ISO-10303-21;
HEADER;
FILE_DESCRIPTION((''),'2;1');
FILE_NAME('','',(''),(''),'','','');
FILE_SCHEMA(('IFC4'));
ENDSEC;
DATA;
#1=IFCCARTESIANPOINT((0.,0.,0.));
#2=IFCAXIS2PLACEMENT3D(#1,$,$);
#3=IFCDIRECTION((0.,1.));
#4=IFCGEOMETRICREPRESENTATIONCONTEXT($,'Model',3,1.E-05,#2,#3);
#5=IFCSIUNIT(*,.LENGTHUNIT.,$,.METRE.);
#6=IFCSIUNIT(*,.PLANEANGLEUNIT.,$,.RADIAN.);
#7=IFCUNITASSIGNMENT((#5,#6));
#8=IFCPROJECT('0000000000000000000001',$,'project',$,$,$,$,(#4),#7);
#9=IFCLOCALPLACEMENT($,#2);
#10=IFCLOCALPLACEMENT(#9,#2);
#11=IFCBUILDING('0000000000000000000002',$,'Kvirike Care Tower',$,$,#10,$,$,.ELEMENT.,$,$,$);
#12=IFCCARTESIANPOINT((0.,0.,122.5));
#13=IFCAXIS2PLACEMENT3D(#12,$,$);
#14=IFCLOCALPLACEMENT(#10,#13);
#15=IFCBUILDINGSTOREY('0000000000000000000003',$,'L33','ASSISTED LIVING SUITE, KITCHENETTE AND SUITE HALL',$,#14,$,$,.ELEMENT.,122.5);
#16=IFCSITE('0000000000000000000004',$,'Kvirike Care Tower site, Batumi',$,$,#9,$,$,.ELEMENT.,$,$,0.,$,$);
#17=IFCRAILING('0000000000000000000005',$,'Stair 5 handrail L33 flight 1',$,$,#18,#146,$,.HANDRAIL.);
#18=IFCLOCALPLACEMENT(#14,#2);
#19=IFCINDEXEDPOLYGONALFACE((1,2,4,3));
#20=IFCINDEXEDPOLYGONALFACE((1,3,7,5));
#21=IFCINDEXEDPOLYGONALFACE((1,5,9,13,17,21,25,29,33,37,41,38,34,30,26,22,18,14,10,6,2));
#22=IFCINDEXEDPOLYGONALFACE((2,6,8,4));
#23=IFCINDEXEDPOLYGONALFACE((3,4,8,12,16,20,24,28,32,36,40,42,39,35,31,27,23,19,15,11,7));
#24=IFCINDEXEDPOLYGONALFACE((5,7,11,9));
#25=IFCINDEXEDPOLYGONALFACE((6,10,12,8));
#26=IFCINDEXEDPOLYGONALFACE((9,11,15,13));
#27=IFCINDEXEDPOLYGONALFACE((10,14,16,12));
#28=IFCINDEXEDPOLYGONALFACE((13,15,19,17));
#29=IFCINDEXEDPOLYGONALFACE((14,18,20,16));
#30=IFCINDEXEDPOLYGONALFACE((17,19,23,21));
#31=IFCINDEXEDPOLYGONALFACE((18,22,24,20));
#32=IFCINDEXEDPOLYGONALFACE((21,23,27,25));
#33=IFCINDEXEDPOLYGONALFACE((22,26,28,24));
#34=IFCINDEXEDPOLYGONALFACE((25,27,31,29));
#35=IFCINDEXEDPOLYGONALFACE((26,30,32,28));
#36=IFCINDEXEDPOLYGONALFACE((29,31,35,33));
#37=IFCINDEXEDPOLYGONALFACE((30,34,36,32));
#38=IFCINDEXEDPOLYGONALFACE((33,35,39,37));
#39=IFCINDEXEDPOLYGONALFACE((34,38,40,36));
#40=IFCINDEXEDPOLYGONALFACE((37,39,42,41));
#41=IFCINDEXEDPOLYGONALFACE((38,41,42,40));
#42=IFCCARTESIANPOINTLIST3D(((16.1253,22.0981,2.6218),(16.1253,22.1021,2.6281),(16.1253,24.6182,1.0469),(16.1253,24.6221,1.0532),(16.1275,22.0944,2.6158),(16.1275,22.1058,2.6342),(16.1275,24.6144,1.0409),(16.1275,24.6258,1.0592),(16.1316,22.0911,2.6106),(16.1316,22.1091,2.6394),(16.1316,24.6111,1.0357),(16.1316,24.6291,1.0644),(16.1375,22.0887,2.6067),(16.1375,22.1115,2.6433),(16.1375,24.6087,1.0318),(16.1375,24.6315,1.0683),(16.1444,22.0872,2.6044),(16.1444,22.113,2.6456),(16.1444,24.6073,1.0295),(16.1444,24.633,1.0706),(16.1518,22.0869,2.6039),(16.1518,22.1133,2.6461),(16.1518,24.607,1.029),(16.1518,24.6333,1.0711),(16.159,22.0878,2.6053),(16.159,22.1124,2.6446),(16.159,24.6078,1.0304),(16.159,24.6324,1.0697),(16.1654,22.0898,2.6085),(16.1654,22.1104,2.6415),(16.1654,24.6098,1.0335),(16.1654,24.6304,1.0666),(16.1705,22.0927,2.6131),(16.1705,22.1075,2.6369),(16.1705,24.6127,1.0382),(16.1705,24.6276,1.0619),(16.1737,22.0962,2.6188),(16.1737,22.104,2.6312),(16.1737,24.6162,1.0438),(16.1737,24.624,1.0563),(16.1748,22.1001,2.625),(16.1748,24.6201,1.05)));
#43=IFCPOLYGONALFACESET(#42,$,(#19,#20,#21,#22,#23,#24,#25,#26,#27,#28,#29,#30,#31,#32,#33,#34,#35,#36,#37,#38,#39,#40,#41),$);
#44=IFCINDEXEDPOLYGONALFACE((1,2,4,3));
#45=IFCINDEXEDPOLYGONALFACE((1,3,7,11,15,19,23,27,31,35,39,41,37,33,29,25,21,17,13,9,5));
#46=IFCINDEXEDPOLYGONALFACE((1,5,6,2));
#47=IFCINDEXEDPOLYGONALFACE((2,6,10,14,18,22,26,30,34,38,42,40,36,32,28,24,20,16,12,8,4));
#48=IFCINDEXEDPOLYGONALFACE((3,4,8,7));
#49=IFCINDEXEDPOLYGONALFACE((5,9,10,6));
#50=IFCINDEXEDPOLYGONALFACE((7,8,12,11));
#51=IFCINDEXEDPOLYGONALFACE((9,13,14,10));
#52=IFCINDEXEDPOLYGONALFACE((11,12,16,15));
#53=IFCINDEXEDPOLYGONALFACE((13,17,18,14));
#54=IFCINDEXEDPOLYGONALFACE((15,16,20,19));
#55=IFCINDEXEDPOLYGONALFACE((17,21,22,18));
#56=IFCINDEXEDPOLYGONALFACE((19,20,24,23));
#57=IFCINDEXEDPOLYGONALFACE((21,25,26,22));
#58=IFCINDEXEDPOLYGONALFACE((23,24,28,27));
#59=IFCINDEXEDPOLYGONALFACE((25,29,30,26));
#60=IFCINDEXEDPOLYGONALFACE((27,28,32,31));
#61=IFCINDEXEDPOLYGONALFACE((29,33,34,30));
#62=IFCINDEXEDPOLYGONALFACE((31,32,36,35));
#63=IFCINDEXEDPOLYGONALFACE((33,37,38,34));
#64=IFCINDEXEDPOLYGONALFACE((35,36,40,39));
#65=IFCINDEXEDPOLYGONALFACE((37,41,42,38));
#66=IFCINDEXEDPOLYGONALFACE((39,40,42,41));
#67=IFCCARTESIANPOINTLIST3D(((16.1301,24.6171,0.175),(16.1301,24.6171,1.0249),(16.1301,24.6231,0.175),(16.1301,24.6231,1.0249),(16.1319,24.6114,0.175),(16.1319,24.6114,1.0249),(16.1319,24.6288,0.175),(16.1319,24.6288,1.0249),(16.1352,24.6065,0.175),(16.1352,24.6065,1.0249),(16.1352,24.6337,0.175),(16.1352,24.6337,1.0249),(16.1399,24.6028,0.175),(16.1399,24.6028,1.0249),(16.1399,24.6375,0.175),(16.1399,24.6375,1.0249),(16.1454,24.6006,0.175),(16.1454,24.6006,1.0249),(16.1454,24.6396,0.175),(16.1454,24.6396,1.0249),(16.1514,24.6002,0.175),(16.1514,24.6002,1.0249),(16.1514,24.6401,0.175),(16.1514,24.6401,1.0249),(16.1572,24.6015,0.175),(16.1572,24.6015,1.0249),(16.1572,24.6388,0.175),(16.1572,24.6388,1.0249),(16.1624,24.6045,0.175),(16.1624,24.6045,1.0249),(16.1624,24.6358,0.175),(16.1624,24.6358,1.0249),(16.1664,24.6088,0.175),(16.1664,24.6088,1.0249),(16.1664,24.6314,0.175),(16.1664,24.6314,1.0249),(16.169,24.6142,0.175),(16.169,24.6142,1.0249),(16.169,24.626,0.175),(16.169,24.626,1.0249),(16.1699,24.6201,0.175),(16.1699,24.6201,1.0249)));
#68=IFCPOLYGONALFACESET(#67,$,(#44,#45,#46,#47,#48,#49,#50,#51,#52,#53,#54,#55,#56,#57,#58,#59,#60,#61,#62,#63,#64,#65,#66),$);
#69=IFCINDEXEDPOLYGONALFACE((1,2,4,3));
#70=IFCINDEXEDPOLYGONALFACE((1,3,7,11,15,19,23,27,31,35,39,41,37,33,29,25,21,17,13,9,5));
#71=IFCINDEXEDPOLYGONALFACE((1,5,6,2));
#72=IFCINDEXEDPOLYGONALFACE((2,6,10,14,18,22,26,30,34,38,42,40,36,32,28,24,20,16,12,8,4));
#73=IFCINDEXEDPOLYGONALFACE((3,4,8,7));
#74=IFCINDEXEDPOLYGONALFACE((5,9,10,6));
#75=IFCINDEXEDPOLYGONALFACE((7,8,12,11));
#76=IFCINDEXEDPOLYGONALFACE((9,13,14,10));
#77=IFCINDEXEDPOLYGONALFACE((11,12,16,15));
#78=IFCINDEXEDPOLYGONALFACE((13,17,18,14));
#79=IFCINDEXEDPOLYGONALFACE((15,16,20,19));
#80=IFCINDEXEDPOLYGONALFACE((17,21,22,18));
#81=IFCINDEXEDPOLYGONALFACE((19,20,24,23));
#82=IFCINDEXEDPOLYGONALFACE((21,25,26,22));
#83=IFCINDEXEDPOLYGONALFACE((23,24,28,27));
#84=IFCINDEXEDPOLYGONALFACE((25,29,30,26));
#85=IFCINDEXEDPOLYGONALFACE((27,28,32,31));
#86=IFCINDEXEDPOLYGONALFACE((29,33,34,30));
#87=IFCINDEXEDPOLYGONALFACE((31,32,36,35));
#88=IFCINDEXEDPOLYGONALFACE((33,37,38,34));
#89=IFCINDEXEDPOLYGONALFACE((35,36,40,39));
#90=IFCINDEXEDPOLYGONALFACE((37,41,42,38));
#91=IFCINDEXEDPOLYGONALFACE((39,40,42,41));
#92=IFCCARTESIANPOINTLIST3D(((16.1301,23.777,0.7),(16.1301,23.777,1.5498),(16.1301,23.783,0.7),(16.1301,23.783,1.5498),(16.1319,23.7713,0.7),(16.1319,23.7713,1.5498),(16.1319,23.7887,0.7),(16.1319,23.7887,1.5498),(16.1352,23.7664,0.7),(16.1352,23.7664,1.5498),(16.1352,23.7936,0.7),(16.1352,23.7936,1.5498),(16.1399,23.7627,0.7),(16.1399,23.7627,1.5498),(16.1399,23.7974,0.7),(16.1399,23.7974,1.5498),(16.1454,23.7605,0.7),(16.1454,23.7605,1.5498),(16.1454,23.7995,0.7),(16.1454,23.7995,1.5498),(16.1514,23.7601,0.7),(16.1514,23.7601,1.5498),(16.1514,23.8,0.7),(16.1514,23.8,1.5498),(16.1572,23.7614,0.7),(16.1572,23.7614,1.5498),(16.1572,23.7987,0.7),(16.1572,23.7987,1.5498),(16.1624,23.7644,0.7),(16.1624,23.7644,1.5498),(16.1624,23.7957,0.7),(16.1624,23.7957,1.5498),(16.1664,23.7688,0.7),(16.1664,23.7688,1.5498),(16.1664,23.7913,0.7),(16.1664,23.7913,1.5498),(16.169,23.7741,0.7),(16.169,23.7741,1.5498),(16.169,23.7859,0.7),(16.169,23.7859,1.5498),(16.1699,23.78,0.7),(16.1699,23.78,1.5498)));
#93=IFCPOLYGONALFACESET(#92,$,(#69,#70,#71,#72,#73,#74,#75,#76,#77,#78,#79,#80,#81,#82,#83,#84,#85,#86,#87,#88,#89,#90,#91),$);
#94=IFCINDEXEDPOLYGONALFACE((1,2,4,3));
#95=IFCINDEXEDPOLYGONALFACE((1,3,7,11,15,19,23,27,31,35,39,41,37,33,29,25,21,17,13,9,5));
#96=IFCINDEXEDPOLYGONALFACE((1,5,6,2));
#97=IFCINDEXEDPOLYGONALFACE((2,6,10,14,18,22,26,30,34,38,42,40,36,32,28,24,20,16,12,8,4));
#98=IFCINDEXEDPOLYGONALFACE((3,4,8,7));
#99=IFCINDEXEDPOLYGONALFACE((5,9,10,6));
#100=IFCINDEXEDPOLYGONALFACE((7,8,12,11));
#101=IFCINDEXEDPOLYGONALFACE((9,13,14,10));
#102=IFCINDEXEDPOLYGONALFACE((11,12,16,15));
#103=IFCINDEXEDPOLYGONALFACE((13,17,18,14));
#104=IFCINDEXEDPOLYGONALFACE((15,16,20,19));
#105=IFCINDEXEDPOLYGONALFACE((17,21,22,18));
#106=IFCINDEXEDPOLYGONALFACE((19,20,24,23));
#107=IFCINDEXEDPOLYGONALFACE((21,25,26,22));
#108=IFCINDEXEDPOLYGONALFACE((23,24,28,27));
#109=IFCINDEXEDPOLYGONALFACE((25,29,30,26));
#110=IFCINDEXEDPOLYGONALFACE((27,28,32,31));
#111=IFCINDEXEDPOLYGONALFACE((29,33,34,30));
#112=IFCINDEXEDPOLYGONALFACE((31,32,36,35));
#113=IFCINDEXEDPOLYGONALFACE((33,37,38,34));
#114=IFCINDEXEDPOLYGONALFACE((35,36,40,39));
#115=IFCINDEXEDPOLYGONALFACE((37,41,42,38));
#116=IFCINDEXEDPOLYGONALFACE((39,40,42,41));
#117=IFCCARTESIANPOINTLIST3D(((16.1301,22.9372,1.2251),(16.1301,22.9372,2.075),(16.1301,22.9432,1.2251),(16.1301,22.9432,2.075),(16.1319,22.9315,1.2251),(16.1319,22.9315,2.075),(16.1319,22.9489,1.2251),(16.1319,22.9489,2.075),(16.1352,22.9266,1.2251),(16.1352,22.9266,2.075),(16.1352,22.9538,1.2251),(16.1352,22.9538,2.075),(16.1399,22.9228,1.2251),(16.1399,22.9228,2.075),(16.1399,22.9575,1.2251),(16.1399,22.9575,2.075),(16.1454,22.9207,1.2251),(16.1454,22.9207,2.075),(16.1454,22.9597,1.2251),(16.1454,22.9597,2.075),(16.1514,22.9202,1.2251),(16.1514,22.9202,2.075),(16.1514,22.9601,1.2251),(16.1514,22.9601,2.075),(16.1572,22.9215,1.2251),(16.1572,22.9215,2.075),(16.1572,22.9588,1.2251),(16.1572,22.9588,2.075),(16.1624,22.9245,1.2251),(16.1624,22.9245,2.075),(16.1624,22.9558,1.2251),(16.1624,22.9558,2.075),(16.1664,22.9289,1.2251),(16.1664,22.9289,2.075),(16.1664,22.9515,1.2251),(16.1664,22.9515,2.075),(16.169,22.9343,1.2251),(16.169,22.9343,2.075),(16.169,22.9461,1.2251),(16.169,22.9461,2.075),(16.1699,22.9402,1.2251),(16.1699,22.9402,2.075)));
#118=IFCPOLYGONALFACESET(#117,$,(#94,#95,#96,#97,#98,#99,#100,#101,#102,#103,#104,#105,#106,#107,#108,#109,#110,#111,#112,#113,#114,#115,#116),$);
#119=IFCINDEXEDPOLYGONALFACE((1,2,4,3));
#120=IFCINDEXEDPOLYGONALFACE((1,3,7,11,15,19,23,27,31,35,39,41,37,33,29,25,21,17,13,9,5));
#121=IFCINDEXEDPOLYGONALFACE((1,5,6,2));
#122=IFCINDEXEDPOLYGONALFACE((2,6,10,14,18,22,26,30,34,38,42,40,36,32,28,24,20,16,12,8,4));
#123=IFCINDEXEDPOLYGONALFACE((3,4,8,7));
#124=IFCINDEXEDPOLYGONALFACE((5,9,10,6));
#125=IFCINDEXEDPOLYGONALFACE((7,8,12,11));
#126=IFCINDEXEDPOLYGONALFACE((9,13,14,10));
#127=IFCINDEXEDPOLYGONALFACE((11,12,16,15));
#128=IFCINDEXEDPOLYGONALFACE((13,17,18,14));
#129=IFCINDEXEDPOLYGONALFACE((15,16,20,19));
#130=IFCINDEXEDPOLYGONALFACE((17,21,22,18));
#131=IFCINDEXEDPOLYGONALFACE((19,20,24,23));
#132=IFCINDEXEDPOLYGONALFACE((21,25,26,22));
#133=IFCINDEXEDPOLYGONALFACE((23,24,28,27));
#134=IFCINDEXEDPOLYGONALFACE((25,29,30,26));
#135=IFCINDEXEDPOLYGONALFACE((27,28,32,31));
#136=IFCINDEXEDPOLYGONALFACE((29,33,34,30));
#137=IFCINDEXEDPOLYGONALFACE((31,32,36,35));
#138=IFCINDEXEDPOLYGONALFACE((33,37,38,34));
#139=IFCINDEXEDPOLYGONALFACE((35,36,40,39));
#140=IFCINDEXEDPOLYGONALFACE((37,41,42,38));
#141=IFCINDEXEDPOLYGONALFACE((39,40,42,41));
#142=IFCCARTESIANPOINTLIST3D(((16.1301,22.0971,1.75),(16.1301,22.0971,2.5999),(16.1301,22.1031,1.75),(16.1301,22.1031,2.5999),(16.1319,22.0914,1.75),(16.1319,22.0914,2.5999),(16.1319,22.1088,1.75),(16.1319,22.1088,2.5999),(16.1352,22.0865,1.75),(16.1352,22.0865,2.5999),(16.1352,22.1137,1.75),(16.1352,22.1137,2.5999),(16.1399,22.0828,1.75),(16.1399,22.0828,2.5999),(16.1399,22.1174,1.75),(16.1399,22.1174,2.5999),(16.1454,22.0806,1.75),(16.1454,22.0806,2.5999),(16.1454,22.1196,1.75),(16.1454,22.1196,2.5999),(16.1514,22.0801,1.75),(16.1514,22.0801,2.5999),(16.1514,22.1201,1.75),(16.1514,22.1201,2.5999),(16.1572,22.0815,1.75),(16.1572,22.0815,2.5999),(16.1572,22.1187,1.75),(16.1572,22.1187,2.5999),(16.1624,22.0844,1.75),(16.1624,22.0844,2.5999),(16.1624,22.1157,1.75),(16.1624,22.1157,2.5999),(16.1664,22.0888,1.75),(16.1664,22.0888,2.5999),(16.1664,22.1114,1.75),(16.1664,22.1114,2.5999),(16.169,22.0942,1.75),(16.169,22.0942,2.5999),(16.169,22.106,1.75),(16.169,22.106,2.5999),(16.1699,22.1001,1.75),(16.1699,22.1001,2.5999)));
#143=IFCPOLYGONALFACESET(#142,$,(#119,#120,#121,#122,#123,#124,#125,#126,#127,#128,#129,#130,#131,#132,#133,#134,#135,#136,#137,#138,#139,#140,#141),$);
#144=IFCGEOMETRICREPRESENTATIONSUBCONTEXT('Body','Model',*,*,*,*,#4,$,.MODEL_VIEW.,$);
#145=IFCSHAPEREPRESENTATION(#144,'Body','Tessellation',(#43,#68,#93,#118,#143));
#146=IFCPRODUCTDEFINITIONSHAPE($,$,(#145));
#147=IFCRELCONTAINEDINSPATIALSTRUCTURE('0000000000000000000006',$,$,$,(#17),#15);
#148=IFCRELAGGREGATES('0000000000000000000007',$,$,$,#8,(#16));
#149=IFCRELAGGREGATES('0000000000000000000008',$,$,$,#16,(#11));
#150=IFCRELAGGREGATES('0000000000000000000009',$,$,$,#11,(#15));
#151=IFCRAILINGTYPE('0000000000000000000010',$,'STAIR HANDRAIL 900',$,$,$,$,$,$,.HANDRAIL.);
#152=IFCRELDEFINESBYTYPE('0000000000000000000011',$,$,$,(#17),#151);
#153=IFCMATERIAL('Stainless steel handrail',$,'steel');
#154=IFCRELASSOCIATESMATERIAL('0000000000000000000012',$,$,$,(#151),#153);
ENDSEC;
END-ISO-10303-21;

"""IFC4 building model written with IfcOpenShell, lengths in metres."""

from ifc_helpers import new_model, si_unit, direction, frame, origin, origin_2d, place, context, subcontext, project, spatial, circle, extrude, material, type_object, element, save


model = new_model("IFC4")

# Units and contexts
model_context = context("Model", 3, precision=1e-05, world=origin(), true_north=direction((0.0, 1.0)))
body_context = subcontext(model_context, "Body", "Model", "MODEL_VIEW")
ifc_project = project(units=[si_unit("LENGTHUNIT", "METRE"), si_unit("PLANEANGLEUNIT", "RADIAN")], contexts=[model_context])

# Site, building, storey
site_placement = place(None, origin())
site = spatial("IfcSite", under=ifc_project, at=site_placement, Name="Kvirike Care Tower site, Batumi", CompositionType="ELEMENT", RefElevation=0.0)
building_placement = place(site_placement, origin())
building = spatial("IfcBuilding", under=site, at=building_placement, Name="Kvirike Care Tower", CompositionType="ELEMENT")
storey_placement = place(building_placement, frame((0.0, 0.0, 122.5)))
storey = spatial("IfcBuildingStorey", under=building, at=storey_placement, Name="L33", Description="ASSISTED LIVING SUITE, KITCHENETTE AND SUITE HALL", CompositionType="ELEMENT", Elevation=122.5)

# Railing
ifc_material_1 = material(Name="Stainless steel handrail", Category="steel")
railing_type = type_object("IfcRailingType", Name="STAIR HANDRAIL 900", PredefinedType="HANDRAIL", material=ifc_material_1)
railing_1_placement = place(storey_placement, frame((16.1499, 24.6201, 0.175)))
element("IfcRailing", 1, at=railing_1_placement, inside=storey, type_object=railing_type, Name="Stair 5 handrail L33 flight 1", PredefinedType="HANDRAIL", context=body_context, shape_type="SweptSolid", body=[
    extrude(circle(Radius=0.0249, at=origin_2d()), frame((0.0, 0.0, 0.875), z_axis=(0.0, -0.848008, 0.529984), x_axis=(1.0, 0.0, 0.0)), (0.0, 0.0, 1.0), 2.9717),
    extrude(circle(Radius=0.02, at=origin_2d()), origin(), (0.0, 0.0, 1.0), 0.8499),
    extrude(circle(Radius=0.02, at=origin_2d()), frame((0.0, -0.8401, 0.5249)), (0.0, 0.0, 1.0), 0.8499),
    extrude(circle(Radius=0.02, at=origin_2d()), frame((0.0, -1.6799, 1.05)), (0.0, 0.0, 1.0), 0.8499),
    extrude(circle(Radius=0.02, at=origin_2d()), frame((0.0, -2.52, 1.575)), (0.0, 0.0, 1.0), 0.8499),
])

save(model, "model.ifc")
